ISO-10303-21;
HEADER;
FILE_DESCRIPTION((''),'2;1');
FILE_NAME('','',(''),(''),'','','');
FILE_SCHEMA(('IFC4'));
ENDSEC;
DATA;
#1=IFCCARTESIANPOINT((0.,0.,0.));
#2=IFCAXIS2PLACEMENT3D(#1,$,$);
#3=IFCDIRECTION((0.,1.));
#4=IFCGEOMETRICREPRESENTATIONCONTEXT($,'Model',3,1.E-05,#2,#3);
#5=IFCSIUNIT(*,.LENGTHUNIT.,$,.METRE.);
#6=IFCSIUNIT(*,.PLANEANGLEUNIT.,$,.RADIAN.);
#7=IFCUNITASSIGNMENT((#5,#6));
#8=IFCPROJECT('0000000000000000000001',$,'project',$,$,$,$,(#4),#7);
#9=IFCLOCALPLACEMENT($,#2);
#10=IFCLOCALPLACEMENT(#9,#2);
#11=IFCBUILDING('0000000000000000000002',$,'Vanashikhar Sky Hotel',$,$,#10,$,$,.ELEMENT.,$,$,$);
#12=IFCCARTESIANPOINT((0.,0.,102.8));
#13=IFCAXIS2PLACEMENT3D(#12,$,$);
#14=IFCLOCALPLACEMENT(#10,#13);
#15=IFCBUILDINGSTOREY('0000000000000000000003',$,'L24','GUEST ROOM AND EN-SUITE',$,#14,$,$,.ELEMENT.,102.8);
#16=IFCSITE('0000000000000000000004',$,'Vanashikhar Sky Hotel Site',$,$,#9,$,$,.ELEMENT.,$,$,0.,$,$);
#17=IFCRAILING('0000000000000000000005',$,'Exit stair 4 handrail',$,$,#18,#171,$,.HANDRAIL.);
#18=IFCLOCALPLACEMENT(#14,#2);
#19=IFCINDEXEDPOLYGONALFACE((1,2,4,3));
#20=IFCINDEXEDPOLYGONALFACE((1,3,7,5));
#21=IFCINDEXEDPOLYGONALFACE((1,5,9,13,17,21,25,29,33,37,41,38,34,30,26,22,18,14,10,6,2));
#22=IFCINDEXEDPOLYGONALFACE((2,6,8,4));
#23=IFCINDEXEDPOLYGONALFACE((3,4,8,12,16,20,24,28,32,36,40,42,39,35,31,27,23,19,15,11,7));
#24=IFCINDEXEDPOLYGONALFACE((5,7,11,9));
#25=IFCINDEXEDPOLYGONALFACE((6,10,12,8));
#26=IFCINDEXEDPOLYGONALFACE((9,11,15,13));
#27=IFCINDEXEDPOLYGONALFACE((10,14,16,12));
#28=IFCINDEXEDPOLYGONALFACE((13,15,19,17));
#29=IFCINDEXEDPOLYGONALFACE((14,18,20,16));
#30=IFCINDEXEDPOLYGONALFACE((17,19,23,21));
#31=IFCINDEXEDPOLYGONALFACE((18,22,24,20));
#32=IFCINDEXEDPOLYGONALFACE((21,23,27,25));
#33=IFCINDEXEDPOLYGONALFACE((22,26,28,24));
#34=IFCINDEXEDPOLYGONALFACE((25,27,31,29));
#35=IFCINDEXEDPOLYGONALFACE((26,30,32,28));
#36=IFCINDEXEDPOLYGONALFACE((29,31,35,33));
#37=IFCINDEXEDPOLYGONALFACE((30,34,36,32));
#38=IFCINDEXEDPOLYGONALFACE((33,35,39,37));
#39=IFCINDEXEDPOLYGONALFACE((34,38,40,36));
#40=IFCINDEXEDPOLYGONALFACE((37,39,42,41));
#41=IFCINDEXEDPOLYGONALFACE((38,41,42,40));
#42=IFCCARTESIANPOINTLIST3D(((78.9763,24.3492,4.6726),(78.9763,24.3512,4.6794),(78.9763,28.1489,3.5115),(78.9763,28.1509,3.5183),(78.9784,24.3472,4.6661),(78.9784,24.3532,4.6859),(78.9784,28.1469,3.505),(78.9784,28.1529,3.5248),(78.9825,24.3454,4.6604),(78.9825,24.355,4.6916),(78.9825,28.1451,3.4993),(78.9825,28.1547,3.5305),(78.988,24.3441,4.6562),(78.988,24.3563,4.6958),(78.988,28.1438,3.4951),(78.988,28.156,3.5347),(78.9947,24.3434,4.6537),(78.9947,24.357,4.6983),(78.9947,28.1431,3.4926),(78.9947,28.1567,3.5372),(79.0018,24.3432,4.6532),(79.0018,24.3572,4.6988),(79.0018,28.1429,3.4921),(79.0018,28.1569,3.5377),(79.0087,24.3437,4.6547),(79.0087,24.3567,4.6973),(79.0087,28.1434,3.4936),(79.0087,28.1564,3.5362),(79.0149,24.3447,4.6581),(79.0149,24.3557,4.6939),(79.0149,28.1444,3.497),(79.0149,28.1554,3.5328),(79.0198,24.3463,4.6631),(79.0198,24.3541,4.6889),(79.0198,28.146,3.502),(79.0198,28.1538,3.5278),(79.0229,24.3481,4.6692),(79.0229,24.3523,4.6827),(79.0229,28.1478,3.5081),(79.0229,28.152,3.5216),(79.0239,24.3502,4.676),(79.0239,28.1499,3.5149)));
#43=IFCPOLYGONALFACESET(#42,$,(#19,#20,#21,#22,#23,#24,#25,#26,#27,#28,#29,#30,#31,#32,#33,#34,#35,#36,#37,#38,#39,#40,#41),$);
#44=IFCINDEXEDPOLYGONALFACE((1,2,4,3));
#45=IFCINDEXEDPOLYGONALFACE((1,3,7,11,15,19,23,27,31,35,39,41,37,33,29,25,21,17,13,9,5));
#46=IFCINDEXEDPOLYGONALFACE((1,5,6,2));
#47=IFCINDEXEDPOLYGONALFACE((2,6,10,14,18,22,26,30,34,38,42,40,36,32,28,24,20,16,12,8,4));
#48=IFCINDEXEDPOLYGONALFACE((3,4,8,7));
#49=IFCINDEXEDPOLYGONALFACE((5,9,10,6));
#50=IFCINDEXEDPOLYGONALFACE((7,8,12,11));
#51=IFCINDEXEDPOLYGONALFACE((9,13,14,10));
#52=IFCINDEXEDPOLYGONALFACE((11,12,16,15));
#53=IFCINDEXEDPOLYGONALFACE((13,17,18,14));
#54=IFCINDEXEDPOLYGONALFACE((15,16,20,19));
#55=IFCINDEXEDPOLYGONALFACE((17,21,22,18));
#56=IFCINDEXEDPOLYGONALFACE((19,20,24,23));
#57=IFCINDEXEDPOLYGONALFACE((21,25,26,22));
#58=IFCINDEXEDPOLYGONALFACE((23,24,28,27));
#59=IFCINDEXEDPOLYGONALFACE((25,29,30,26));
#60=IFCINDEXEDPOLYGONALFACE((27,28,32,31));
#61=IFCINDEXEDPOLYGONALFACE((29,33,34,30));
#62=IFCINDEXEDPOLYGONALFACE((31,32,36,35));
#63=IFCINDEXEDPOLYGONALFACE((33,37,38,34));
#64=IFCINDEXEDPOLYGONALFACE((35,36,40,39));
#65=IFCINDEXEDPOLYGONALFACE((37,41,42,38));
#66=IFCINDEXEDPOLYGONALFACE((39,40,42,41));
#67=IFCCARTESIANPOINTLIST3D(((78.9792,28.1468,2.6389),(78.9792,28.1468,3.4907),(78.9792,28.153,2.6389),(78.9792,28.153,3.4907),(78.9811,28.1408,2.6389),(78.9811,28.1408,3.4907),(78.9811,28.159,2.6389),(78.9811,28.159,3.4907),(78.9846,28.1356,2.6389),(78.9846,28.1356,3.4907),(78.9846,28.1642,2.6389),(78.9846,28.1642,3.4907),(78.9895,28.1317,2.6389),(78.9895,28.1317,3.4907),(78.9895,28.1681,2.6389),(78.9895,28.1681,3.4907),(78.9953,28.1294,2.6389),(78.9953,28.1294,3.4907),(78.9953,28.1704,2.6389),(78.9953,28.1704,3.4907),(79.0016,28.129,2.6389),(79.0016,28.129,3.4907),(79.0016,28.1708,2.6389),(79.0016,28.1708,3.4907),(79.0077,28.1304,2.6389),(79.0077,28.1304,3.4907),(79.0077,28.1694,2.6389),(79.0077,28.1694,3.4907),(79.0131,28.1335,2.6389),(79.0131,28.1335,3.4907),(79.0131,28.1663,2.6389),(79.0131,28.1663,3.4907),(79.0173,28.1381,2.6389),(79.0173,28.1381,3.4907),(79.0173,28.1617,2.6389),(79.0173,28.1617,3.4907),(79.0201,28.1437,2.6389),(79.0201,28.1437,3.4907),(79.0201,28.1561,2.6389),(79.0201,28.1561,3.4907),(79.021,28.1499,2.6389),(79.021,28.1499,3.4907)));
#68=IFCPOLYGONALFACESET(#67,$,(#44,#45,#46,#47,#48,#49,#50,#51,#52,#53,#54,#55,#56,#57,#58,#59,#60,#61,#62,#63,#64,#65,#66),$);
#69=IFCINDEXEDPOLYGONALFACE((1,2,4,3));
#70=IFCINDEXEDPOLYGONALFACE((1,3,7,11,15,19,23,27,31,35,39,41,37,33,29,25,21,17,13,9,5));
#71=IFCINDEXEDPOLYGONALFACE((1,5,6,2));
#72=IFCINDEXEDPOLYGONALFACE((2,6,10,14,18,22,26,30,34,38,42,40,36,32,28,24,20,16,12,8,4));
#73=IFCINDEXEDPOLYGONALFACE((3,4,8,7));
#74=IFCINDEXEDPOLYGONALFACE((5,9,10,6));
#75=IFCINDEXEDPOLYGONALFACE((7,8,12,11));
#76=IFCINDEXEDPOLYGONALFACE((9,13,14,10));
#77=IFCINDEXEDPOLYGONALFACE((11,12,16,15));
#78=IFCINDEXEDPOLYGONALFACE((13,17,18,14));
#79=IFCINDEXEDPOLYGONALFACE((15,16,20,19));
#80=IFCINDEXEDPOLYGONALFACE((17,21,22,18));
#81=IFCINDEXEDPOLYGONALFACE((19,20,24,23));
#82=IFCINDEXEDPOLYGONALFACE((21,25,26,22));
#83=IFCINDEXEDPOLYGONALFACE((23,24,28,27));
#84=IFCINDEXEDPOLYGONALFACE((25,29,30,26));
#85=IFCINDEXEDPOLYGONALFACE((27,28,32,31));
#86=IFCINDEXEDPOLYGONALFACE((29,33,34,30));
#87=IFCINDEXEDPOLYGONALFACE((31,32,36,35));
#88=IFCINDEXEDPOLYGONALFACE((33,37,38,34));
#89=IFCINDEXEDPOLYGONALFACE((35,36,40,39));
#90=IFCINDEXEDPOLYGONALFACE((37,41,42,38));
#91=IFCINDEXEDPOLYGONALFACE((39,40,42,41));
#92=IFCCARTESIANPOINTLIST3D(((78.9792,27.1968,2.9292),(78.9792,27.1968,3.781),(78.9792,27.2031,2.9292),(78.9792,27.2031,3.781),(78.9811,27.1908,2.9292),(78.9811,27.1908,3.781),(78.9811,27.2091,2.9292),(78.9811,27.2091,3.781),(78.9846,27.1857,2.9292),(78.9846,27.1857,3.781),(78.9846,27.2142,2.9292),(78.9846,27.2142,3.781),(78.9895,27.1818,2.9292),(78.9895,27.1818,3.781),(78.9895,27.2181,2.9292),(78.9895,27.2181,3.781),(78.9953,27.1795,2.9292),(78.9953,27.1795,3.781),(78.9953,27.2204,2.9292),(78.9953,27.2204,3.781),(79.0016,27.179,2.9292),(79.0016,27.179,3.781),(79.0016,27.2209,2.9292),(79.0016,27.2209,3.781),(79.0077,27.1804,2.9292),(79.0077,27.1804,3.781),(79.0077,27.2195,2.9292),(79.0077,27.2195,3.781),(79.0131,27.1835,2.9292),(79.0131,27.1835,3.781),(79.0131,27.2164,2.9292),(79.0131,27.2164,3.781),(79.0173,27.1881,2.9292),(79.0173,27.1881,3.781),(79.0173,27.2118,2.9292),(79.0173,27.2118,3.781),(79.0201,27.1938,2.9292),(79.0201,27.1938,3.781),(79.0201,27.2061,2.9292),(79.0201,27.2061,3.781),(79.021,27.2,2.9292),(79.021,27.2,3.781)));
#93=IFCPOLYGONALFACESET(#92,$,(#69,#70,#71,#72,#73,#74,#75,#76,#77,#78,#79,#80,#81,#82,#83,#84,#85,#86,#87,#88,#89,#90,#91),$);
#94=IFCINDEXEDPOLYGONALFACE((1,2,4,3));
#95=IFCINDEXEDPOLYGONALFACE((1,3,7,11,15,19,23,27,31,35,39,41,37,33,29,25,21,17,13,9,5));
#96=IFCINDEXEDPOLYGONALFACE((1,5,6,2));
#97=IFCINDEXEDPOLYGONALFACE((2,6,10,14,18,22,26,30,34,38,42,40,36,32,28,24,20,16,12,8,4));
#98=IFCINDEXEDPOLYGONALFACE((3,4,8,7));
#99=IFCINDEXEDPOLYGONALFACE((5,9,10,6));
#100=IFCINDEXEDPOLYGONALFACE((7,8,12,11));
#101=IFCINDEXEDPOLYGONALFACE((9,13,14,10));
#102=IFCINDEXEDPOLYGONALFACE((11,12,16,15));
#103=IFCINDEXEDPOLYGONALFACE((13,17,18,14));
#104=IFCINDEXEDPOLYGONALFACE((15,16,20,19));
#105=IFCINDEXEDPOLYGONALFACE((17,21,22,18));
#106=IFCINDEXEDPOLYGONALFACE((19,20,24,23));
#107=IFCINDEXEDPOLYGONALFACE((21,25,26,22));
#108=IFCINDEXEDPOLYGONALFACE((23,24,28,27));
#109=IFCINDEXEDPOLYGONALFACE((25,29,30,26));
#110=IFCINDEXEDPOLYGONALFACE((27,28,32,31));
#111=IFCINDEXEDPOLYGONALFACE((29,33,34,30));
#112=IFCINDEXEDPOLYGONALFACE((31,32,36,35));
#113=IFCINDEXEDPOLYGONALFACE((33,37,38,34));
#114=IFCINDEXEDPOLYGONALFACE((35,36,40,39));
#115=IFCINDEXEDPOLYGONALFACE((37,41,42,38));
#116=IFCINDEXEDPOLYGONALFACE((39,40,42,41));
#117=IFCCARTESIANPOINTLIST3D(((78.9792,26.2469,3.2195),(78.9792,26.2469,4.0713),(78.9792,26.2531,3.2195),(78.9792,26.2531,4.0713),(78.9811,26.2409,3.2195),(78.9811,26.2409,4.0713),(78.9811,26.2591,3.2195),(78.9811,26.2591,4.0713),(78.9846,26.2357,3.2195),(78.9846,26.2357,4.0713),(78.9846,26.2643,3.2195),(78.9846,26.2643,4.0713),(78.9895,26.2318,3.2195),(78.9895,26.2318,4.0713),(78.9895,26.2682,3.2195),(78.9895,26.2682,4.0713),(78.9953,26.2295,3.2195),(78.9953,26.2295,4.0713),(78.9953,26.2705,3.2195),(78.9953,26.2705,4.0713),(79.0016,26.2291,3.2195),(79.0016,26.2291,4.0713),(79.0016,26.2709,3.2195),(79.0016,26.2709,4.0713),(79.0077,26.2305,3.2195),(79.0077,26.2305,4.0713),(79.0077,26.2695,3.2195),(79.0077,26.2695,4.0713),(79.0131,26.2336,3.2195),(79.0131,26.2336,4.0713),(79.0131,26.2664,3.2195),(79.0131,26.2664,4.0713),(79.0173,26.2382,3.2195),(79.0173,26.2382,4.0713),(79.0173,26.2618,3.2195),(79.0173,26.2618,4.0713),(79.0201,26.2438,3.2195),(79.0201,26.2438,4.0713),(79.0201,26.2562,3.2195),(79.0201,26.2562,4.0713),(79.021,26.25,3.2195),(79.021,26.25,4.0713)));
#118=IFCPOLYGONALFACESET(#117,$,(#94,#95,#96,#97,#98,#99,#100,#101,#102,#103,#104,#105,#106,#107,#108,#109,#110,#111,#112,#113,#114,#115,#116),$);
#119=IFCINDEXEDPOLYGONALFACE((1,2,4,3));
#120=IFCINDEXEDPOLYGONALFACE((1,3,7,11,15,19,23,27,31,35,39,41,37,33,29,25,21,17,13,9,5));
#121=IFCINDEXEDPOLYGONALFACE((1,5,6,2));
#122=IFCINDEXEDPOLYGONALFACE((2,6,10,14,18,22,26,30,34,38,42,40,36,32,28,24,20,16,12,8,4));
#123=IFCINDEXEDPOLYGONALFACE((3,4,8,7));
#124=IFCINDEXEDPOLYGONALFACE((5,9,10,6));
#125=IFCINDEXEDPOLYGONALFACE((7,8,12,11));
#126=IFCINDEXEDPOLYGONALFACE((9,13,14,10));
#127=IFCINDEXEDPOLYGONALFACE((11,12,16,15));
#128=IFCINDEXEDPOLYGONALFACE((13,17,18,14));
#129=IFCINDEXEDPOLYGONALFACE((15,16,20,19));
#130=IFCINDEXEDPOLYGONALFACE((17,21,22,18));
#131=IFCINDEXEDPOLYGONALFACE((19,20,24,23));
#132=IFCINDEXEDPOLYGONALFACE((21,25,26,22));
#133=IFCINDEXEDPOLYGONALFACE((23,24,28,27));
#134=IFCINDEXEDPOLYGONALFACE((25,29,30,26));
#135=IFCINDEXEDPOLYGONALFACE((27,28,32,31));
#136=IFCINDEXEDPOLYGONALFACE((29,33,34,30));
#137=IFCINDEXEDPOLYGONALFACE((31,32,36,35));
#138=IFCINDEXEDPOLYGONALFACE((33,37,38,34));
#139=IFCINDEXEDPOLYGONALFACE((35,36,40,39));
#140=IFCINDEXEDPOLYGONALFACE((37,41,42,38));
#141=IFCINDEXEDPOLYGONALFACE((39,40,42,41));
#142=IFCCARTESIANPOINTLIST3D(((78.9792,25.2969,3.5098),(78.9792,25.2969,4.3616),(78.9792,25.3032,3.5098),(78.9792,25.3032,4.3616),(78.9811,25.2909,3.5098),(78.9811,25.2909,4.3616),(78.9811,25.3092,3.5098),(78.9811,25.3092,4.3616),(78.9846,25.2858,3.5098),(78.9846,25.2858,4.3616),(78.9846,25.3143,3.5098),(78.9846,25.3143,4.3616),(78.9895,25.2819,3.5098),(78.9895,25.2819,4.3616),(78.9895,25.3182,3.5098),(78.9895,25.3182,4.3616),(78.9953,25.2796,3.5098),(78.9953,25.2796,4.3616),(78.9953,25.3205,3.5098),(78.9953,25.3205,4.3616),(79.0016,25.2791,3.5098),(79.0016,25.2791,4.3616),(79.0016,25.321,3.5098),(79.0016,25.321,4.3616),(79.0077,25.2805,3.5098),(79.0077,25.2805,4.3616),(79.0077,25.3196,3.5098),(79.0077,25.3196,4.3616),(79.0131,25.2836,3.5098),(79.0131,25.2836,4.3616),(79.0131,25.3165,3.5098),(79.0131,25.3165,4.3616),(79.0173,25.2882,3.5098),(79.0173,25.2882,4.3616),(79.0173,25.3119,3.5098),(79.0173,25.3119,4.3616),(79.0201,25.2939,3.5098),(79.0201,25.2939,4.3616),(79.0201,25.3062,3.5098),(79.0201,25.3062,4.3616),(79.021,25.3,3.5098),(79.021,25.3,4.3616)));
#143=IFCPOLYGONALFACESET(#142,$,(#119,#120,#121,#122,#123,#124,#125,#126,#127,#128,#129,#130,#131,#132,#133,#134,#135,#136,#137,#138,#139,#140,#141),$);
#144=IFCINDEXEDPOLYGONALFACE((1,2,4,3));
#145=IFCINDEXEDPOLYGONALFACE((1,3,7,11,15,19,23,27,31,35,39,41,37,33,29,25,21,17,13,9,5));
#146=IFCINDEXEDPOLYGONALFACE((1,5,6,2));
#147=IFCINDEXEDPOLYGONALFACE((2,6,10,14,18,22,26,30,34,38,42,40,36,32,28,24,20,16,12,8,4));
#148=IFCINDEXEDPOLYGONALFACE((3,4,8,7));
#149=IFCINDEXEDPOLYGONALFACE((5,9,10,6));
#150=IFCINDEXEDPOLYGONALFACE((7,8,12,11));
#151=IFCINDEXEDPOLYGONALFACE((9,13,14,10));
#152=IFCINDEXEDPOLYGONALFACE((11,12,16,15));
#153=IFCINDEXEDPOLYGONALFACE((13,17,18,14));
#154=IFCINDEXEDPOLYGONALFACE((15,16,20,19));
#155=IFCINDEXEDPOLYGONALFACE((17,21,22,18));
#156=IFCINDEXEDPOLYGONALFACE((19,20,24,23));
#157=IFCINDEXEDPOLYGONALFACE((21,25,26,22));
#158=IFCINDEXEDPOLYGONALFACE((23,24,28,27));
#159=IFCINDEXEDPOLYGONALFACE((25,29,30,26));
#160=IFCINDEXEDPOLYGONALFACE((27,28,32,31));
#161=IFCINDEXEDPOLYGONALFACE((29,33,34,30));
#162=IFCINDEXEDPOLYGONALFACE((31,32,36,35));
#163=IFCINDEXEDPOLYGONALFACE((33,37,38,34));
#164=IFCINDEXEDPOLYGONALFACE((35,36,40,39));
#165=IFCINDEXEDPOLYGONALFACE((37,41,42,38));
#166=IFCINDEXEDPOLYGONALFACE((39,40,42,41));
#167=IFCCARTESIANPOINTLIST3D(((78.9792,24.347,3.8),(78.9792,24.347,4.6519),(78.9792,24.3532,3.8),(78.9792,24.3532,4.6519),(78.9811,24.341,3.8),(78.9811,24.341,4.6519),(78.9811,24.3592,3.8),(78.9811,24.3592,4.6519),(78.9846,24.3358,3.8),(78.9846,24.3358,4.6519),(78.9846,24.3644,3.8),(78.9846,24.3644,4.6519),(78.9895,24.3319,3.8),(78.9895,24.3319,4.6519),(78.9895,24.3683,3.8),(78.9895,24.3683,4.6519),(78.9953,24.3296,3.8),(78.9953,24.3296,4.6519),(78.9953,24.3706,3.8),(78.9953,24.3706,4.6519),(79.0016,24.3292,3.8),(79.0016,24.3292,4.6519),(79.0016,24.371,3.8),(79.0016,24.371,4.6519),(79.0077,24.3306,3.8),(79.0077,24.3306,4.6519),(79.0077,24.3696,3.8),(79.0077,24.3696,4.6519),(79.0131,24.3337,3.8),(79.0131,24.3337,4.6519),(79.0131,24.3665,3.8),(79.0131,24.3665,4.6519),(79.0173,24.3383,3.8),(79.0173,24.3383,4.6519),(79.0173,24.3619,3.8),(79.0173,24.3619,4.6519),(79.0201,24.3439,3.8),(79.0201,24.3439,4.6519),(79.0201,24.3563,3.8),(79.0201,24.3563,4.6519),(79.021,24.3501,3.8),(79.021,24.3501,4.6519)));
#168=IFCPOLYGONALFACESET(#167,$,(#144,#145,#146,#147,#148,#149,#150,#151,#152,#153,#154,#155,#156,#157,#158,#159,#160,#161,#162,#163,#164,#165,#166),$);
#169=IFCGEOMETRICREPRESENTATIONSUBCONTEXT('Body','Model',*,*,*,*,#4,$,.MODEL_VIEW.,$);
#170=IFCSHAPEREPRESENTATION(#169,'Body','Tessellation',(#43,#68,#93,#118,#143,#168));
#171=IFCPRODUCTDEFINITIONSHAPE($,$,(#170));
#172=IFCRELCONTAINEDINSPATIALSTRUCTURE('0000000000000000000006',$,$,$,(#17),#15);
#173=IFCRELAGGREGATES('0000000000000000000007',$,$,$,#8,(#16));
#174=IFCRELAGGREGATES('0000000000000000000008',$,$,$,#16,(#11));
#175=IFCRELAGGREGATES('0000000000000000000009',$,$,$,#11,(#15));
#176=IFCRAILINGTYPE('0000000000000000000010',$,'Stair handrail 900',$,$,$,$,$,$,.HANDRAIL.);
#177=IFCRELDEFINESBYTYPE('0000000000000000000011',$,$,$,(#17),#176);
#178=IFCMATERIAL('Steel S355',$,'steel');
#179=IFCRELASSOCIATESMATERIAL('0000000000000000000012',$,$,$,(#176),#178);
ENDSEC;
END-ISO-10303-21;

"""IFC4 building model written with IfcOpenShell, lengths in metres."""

from ifc_helpers import new_model, si_unit, direction, frame, origin, origin_2d, place, context, subcontext, project, spatial, circle, extrude, source, transform, mapped, material, type_object, element, save


model = new_model("IFC4")

# Units and contexts
model_context = context("Model", 3, precision=1e-05, world=origin(), true_north=direction((0.0, 1.0)))
body_context = subcontext(model_context, "Body", "Model", "MODEL_VIEW")
ifc_project = project(units=[si_unit("LENGTHUNIT", "METRE"), si_unit("PLANEANGLEUNIT", "RADIAN")], contexts=[model_context])

# Site, building, storey
site_placement = place(None, origin())
site = spatial("IfcSite", under=ifc_project, at=site_placement, Name="Vanashikhar Sky Hotel Site", CompositionType="ELEMENT", RefElevation=0.0)
building_placement = place(site_placement, origin())
building = spatial("IfcBuilding", under=site, at=building_placement, Name="Vanashikhar Sky Hotel", CompositionType="ELEMENT")
storey_placement = place(building_placement, frame((0.0, 0.0, 102.8)))
storey = spatial("IfcBuildingStorey", under=building, at=storey_placement, Name="L24", Description="GUEST ROOM AND EN-SUITE", CompositionType="ELEMENT", Elevation=102.8)

# Railing
ifc_material_1 = material(Name="Steel S355", Category="steel")
railing_type_1 = type_object("IfcRailingType", Name="Stair handrail 900", PredefinedType="HANDRAIL", material=ifc_material_1)
shared_shape_1 = source(origin(), body_context, "Body", "SweptSolid", [
    extrude(circle(Radius=0.0239, at=origin_2d()), frame((0.0, 0.0, 0.876), z_axis=(0.0, -0.956346, 0.292237), x_axis=(1.0, 0.0, 0.0)), (0.0, 0.0, 1.0), 3.9731),
    extrude(circle(Radius=0.021, at=origin_2d()), origin(), (0.0, 0.0, 1.0), 0.8518),
    extrude(circle(Radius=0.021, at=origin_2d()), frame((0.0, -0.95, 0.2903)), (0.0, 0.0, 1.0), 0.8518),
    extrude(circle(Radius=0.021, at=origin_2d()), frame((0.0, -1.8999, 0.5806)), (0.0, 0.0, 1.0), 0.8518),
    extrude(circle(Radius=0.021, at=origin_2d()), frame((0.0, -2.8499, 0.8708)), (0.0, 0.0, 1.0), 0.8518),
    extrude(circle(Radius=0.021, at=origin_2d()), frame((0.0, -3.7998, 1.1611)), (0.0, 0.0, 1.0), 0.8518),
])
for number, where, name in (
    (1, (79.0, 28.1499, 2.6389), "Exit stair 4 handrail"),
):
    element("IfcRailing", number, at=place(storey_placement, frame(where)), inside=storey, type_object=railing_type_1, Name=name, PredefinedType="HANDRAIL", context=body_context, shape_type="MappedRepresentation", body=[
        mapped(shared_shape_1, transform((0.0, 0.0, 0.0), scale=1.0)),
    ])

save(model, "model.ifc")
